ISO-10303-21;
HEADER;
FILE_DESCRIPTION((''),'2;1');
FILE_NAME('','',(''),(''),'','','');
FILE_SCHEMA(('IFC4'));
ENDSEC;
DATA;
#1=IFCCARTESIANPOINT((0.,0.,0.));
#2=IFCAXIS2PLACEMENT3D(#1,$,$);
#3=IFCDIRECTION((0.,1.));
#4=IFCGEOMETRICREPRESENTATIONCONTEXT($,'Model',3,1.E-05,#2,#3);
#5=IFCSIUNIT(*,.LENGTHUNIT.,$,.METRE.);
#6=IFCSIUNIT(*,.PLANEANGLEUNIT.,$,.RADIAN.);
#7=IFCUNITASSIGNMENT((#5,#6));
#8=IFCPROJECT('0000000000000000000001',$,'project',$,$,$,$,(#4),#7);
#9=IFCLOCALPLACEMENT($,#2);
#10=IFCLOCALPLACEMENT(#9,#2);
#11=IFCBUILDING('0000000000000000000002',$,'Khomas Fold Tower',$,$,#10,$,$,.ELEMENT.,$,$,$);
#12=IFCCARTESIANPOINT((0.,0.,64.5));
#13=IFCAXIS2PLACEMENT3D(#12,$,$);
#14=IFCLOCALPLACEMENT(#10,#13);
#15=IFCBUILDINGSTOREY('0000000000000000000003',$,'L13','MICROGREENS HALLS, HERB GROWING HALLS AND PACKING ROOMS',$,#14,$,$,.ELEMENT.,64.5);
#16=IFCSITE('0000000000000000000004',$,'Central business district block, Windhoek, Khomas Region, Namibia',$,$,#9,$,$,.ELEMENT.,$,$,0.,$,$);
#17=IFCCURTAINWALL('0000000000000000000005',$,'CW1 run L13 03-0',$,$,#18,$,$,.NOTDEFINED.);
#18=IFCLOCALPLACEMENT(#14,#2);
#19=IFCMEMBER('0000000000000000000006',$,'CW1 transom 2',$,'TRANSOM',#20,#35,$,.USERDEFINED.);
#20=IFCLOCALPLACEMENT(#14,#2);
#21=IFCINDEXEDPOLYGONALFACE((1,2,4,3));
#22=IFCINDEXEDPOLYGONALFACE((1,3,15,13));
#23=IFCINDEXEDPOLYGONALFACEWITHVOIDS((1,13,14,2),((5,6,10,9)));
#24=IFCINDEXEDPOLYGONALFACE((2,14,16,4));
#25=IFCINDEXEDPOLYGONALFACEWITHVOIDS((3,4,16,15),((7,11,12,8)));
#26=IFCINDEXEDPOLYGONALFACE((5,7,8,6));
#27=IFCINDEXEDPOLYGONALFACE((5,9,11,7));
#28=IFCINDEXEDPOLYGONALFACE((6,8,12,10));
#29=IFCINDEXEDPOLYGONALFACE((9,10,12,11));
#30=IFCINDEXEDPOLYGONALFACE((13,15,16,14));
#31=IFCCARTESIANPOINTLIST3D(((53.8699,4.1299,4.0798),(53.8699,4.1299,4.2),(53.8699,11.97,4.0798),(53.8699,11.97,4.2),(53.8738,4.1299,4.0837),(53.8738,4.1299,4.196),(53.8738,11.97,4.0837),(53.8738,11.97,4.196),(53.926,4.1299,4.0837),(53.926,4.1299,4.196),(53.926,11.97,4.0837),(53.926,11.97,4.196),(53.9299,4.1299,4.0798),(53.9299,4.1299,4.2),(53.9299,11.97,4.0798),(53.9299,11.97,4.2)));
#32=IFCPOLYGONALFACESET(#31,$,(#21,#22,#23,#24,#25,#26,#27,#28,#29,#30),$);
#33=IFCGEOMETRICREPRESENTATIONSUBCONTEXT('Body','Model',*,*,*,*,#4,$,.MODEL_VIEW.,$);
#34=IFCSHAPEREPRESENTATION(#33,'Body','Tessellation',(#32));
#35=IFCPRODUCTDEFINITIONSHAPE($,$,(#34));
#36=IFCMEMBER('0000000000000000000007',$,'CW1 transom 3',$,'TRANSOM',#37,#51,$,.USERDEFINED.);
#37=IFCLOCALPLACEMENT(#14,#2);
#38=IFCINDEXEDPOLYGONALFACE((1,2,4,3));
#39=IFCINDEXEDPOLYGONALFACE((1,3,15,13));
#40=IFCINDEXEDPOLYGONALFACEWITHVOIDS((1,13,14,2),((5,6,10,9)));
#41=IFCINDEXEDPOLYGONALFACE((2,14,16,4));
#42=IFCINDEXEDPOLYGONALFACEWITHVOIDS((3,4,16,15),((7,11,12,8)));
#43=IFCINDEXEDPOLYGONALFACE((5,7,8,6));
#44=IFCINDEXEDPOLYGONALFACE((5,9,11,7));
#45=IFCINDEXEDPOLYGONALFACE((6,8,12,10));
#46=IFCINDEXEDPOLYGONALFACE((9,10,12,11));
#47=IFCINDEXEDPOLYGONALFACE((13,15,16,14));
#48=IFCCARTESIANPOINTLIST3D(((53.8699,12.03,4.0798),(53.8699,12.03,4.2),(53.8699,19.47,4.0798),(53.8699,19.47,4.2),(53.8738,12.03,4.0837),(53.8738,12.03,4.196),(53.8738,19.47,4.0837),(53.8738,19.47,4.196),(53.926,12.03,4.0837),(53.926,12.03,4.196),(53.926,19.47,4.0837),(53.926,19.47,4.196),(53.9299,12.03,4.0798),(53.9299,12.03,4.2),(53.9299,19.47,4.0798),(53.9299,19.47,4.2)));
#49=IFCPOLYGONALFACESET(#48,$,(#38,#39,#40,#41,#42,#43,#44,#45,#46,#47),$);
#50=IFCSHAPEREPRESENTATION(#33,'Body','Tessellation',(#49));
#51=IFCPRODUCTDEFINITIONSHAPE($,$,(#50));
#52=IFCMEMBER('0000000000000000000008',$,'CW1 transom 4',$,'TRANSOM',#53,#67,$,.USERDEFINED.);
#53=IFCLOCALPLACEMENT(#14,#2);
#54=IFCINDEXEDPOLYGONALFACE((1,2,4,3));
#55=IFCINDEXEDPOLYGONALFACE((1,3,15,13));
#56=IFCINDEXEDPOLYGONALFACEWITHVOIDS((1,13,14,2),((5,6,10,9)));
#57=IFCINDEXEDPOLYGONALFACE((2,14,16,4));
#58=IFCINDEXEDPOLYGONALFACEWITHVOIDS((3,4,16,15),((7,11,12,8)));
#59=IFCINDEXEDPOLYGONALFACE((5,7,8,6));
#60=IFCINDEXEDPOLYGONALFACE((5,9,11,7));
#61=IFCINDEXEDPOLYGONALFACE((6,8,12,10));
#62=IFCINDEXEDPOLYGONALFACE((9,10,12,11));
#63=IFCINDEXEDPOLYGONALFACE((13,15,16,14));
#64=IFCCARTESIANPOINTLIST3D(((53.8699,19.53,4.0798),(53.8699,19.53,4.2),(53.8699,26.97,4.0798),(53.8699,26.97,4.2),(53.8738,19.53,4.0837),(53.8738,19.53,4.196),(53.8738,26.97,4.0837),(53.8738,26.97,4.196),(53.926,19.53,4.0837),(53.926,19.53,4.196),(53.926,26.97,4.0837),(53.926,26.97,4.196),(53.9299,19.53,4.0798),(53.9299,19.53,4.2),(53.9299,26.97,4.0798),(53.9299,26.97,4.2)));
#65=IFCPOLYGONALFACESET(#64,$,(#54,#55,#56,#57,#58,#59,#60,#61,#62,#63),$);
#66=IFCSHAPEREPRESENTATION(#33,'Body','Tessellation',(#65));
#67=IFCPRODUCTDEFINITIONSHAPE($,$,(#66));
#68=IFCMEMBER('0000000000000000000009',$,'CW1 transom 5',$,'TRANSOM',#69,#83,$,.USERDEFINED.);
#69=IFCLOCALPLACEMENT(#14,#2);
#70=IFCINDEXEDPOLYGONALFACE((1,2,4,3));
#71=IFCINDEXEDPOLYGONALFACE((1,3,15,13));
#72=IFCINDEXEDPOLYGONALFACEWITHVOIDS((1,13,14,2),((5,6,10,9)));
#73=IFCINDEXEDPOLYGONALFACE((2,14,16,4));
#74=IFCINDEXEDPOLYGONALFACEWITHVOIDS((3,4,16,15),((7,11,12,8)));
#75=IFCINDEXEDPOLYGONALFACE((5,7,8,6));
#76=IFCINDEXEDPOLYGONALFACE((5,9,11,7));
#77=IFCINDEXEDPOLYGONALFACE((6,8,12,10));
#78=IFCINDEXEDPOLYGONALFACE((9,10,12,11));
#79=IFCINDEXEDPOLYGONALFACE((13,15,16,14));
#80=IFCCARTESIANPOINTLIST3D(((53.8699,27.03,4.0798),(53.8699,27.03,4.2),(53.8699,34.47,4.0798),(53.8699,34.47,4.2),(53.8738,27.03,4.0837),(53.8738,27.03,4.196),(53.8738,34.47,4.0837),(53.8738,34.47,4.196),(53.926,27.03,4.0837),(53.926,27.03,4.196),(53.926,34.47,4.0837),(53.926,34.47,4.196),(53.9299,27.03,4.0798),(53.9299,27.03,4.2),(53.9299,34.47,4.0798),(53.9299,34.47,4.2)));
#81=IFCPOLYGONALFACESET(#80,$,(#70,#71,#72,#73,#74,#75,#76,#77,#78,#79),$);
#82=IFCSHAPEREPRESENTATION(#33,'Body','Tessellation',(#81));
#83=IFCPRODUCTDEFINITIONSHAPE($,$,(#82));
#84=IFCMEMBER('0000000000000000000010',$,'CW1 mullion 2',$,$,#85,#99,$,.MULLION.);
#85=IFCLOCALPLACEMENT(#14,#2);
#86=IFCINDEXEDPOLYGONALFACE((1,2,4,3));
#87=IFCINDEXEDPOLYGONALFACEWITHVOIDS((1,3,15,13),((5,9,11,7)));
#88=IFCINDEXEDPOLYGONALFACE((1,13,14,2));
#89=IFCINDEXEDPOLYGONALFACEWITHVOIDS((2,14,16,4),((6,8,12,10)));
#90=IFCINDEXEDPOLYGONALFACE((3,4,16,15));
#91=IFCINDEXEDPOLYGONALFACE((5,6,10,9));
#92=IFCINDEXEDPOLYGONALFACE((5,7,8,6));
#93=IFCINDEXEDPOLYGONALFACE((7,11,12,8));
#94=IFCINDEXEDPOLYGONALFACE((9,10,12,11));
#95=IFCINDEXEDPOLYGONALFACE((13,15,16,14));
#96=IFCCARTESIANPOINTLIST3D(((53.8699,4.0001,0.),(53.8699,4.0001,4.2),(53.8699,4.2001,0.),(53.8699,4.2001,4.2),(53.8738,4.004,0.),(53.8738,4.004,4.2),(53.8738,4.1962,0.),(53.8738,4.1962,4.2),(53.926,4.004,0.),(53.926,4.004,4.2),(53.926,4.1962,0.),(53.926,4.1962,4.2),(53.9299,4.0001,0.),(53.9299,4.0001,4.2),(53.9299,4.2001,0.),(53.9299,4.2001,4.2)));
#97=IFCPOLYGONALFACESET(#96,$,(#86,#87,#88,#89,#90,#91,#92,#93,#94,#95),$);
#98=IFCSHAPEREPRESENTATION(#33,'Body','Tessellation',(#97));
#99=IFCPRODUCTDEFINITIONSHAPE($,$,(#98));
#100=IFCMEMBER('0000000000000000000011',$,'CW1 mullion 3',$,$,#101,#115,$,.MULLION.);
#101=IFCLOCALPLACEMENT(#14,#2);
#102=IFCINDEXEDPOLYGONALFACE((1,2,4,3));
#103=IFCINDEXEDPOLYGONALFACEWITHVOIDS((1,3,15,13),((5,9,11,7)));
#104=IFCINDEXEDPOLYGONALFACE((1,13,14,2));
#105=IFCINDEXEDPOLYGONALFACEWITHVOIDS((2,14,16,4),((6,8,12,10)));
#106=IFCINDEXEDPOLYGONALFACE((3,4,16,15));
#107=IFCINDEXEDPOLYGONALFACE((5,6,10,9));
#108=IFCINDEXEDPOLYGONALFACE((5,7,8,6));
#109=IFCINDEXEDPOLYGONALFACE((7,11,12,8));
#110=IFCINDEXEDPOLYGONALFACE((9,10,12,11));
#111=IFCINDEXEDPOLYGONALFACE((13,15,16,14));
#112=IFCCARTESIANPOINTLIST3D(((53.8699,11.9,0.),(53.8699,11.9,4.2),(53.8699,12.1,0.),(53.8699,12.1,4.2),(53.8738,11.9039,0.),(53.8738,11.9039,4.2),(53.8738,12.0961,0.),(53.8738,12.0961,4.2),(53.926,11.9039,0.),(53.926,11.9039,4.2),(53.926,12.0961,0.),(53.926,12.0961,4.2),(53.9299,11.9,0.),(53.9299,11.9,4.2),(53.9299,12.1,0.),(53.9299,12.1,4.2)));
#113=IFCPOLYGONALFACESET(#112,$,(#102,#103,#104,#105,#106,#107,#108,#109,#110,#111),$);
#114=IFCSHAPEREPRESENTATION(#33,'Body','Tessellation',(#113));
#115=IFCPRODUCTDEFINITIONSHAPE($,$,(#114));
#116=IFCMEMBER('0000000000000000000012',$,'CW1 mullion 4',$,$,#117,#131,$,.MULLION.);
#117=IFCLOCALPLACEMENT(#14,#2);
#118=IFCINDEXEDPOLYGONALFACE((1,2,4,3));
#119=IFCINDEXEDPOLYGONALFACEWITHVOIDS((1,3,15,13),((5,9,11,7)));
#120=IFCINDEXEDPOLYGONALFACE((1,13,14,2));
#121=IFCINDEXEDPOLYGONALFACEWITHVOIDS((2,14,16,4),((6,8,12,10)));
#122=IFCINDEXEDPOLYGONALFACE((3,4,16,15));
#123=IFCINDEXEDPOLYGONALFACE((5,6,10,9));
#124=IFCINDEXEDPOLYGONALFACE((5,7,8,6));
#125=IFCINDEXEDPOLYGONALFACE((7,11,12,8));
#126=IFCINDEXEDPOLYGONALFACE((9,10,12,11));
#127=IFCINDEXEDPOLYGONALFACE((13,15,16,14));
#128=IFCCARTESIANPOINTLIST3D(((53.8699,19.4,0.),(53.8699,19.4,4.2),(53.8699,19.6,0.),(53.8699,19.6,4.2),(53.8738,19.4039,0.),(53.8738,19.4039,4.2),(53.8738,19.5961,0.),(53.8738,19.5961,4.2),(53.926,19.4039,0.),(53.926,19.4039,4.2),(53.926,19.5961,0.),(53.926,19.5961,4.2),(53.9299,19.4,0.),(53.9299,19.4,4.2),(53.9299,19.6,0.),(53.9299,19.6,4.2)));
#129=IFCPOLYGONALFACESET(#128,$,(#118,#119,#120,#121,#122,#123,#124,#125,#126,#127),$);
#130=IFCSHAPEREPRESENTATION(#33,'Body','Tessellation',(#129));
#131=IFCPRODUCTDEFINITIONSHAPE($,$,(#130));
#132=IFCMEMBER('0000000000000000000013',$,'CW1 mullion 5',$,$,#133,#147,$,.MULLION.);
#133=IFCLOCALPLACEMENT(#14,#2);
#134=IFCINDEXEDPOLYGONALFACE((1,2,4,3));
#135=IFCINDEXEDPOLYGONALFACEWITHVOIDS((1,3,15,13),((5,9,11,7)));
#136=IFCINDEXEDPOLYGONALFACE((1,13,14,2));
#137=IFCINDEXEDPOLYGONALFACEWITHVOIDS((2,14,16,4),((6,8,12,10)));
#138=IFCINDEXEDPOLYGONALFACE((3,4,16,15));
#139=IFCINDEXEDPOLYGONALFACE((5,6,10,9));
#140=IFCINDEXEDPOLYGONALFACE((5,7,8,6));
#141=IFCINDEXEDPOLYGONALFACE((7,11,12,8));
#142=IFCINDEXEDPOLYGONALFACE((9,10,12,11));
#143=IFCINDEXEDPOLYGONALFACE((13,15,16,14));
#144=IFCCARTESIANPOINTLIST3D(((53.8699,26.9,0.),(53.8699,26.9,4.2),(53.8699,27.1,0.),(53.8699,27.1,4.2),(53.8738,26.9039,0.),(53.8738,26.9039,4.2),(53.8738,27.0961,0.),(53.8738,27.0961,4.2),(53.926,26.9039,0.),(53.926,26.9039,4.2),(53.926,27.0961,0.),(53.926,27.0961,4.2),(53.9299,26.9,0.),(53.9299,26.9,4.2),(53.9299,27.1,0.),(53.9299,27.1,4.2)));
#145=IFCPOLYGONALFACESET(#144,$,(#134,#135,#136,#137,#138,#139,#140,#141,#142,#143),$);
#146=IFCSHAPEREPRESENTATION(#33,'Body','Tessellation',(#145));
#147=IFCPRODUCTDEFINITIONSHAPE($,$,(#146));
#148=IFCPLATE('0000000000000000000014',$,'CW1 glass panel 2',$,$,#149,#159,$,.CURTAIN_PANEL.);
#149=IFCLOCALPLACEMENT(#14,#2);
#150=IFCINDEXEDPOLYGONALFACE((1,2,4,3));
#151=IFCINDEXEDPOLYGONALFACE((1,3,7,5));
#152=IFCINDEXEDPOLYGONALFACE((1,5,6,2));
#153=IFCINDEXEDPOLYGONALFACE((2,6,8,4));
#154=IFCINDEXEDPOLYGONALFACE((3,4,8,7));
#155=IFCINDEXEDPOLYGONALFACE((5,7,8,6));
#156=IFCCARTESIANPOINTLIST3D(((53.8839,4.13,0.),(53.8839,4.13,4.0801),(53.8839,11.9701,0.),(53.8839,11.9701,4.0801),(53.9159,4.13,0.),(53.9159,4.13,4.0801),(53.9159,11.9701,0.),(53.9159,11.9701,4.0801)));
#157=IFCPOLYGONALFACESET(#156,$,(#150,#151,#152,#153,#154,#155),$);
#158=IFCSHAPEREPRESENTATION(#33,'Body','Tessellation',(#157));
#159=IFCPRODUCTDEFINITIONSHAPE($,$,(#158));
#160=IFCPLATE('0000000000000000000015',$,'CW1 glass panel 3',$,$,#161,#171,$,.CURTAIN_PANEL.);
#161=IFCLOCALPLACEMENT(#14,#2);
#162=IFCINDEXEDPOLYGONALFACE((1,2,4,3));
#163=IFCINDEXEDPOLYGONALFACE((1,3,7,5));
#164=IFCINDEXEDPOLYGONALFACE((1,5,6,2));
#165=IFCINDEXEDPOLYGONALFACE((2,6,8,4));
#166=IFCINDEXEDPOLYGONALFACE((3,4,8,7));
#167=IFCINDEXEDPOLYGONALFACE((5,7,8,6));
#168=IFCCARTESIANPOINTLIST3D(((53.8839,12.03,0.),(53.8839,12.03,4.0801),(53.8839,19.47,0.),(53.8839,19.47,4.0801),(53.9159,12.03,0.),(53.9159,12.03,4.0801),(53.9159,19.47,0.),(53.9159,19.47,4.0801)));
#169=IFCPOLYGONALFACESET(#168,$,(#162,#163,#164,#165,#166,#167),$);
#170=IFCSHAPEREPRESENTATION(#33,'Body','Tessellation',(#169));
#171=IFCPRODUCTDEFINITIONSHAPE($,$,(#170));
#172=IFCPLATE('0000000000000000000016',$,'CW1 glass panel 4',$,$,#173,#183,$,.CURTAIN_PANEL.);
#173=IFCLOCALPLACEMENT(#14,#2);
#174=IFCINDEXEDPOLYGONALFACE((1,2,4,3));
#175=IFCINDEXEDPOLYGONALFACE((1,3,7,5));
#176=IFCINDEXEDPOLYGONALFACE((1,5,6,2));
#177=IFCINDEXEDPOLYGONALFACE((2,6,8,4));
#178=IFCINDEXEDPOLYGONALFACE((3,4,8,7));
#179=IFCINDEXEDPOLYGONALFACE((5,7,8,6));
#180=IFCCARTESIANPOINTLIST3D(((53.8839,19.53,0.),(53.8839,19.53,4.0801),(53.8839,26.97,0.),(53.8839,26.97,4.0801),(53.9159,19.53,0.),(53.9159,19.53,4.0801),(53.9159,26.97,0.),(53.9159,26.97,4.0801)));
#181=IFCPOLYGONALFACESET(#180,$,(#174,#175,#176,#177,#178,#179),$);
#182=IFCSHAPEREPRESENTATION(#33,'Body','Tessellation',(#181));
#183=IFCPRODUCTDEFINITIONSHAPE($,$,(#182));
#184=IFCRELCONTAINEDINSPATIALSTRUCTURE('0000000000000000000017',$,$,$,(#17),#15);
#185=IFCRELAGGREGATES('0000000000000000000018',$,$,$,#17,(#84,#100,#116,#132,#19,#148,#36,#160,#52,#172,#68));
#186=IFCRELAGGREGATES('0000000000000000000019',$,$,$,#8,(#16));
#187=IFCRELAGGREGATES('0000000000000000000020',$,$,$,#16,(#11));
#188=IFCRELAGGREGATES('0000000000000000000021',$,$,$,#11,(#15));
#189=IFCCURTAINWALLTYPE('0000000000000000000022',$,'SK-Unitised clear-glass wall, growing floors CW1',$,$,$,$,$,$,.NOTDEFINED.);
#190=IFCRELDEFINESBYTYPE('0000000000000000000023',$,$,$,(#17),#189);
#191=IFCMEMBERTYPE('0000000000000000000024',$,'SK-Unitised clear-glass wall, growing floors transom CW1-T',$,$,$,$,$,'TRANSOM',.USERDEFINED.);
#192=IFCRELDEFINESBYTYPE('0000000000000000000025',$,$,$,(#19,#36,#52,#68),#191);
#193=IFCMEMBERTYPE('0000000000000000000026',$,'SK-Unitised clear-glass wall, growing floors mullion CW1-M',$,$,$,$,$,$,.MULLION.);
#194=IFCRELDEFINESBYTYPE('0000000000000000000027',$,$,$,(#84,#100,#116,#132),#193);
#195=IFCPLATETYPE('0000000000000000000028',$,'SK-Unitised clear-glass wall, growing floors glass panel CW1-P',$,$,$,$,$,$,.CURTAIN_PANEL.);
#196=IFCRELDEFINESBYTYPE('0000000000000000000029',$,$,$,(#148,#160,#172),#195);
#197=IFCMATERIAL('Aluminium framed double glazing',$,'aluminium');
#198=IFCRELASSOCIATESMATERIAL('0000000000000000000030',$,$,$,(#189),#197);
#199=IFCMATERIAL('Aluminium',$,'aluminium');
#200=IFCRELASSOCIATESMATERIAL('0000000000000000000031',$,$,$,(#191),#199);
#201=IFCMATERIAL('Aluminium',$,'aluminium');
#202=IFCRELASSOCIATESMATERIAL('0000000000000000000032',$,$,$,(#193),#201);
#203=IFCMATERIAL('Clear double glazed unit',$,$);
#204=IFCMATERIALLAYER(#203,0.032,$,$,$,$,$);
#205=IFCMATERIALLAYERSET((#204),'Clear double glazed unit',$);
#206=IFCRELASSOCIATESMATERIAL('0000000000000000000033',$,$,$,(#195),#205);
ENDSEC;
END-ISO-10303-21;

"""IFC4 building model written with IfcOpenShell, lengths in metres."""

from ifc_helpers import new_model, si_unit, direction, frame, origin, origin_2d, place, context, subcontext, project, spatial, rectangle, hollow_rectangle, extrude, source, transform, mapped, material, layer, layer_set, material_profile, profile_set, type_object, element, aggregate, save


model = new_model("IFC4")

# Units and contexts
model_context = context("Model", 3, precision=1e-05, world=origin(), true_north=direction((0.0, 1.0)))
body_context = subcontext(model_context, "Body", "Model", "MODEL_VIEW")
ifc_project = project(units=[si_unit("LENGTHUNIT", "METRE"), si_unit("PLANEANGLEUNIT", "RADIAN")], contexts=[model_context])

# Site, building, storey
site_placement = place(None, origin())
site = spatial("IfcSite", under=ifc_project, at=site_placement, Name="Central business district block, Windhoek, Khomas Region, Namibia", CompositionType="ELEMENT", RefElevation=0.0)
building_placement = place(site_placement, origin())
building = spatial("IfcBuilding", under=site, at=building_placement, Name="Khomas Fold Tower", CompositionType="ELEMENT")
storey_placement = place(building_placement, frame((0.0, 0.0, 64.5)))
storey = spatial("IfcBuildingStorey", under=building, at=storey_placement, Name="L13", Description="MICROGREENS HALLS, HERB GROWING HALLS AND PACKING ROOMS", CompositionType="ELEMENT", Elevation=64.5)

# Curtain wall, members, plates
ifc_material_1 = material(Name="Aluminium framed double glazing", Category="aluminium")
curtain_wall_type = type_object("IfcCurtainWallType", Name="SK-Unitised clear-glass wall, growing floors CW1", PredefinedType="NOTDEFINED", material=ifc_material_1)
curtain_wall_placement = place(storey_placement, origin())
curtain_wall = element("IfcCurtainWall", 1, at=curtain_wall_placement, inside=storey, type_object=curtain_wall_type, Name="CW1 run L13 03-0", PredefinedType="NOTDEFINED")
ifc_material_2 = material(Name="Aluminium", Category="aluminium")
ifc_material_profile_1 = material_profile(ifc_material_2, hollow_rectangle(XDim=0.0601, YDim=0.1201, WallThickness=0.0039, at=origin_2d()), Name="SK-Unitised clear-glass wall, growing floors transom CW1-T")
ifc_profile_set_1 = profile_set([ifc_material_profile_1], Name="Aluminium")
member_type_1 = type_object("IfcMemberType", Name="SK-Unitised clear-glass wall, growing floors transom CW1-T", ElementType="TRANSOM", PredefinedType="USERDEFINED", material=ifc_profile_set_1)
shared_shape_1 = source(origin(), body_context, "Body", "SweptSolid", [
    extrude(hollow_rectangle(XDim=0.0601, YDim=0.1201, WallThickness=0.0039, at=origin_2d()), origin(), (0.0, 0.0, 1.0), 7.8401),
])
member_1_placement = place(storey_placement, frame((53.8999, 4.1299, 4.1399), z_axis=(0.0, 1.0, 0.0), x_axis=(-1.0, 0.0, 0.0)))
member_1 = element("IfcMember", 2, at=member_1_placement, type_object=member_type_1, Name="CW1 transom 2", ObjectType="TRANSOM", PredefinedType="USERDEFINED", context=body_context, shape_type="MappedRepresentation", body=[
    mapped(shared_shape_1, transform((0.0, 0.0, 0.0))),
])
shared_shape_2 = source(origin(), body_context, "Body", "SweptSolid", [
    extrude(hollow_rectangle(XDim=0.0601, YDim=0.1201, WallThickness=0.0039, at=origin_2d()), origin(), (0.0, 0.0, 1.0), 7.4399),
])
member_2_placement = place(storey_placement, frame((53.8999, 12.03, 4.1399), z_axis=(0.0, 1.0, 0.0), x_axis=(-1.0, 0.0, 0.0)))
member_2 = element("IfcMember", 3, at=member_2_placement, type_object=member_type_1, Name="CW1 transom 3", ObjectType="TRANSOM", PredefinedType="USERDEFINED", context=body_context, shape_type="MappedRepresentation", body=[
    mapped(shared_shape_2, transform((0.0, 0.0, 0.0))),
])
member_3_placement = place(storey_placement, frame((53.8999, 19.53, 4.1399), z_axis=(0.0, 1.0, 0.0), x_axis=(-1.0, 0.0, 0.0)))
member_3 = element("IfcMember", 4, at=member_3_placement, type_object=member_type_1, Name="CW1 transom 4", ObjectType="TRANSOM", PredefinedType="USERDEFINED", context=body_context, shape_type="MappedRepresentation", body=[
    mapped(shared_shape_2, transform((0.0, 0.0, 0.0))),
])
member_4_placement = place(storey_placement, frame((53.8999, 27.03, 4.1399), z_axis=(0.0, 1.0, 0.0), x_axis=(-1.0, 0.0, 0.0)))
member_4 = element("IfcMember", 5, at=member_4_placement, type_object=member_type_1, Name="CW1 transom 5", ObjectType="TRANSOM", PredefinedType="USERDEFINED", context=body_context, shape_type="MappedRepresentation", body=[
    mapped(shared_shape_2, transform((0.0, 0.0, 0.0))),
])
ifc_material_3 = material(Name="Aluminium", Category="aluminium")
ifc_material_profile_2 = material_profile(ifc_material_3, hollow_rectangle(XDim=0.0601, YDim=0.2, WallThickness=0.0039, at=origin_2d()), Name="SK-Unitised clear-glass wall, growing floors mullion CW1-M")
ifc_profile_set_2 = profile_set([ifc_material_profile_2], Name="Aluminium")
member_type_2 = type_object("IfcMemberType", Name="SK-Unitised clear-glass wall, growing floors mullion CW1-M", PredefinedType="MULLION", material=ifc_profile_set_2)
shared_shape_3 = source(origin(), body_context, "Body", "SweptSolid", [
    extrude(hollow_rectangle(XDim=0.0601, YDim=0.2, WallThickness=0.0039, at=origin_2d()), origin(), (0.0, 0.0, 1.0), 4.2),
])
member_5_placement = place(storey_placement, frame((53.8999, 4.1001, 0.0), z_axis=(0.0, 0.0, 1.0), x_axis=(-1.0, 0.0, 0.0)))
member_5 = element("IfcMember", 6, at=member_5_placement, type_object=member_type_2, Name="CW1 mullion 2", PredefinedType="MULLION", context=body_context, shape_type="MappedRepresentation", body=[
    mapped(shared_shape_3, transform((0.0, 0.0, 0.0))),
])
member_6_placement = place(storey_placement, frame((53.8999, 12.0, 0.0), z_axis=(0.0, 0.0, 1.0), x_axis=(-1.0, 0.0, 0.0)))
member_6 = element("IfcMember", 7, at=member_6_placement, type_object=member_type_2, Name="CW1 mullion 3", PredefinedType="MULLION", context=body_context, shape_type="MappedRepresentation", body=[
    mapped(shared_shape_3, transform((0.0, 0.0, 0.0))),
])
member_7_placement = place(storey_placement, frame((53.8999, 19.5, 0.0), z_axis=(0.0, 0.0, 1.0), x_axis=(-1.0, 0.0, 0.0)))
member_7 = element("IfcMember", 8, at=member_7_placement, type_object=member_type_2, Name="CW1 mullion 4", PredefinedType="MULLION", context=body_context, shape_type="MappedRepresentation", body=[
    mapped(shared_shape_3, transform((0.0, 0.0, 0.0))),
])
member_8_placement = place(storey_placement, frame((53.8999, 27.0, 0.0), z_axis=(0.0, 0.0, 1.0), x_axis=(-1.0, 0.0, 0.0)))
member_8 = element("IfcMember", 9, at=member_8_placement, type_object=member_type_2, Name="CW1 mullion 5", PredefinedType="MULLION", context=body_context, shape_type="MappedRepresentation", body=[
    mapped(shared_shape_3, transform((0.0, 0.0, 0.0))),
])
ifc_material_4 = material(Name="Clear double glazed unit")
ifc_layer = layer(ifc_material_4, 0.032)
ifc_layer_set = layer_set([ifc_layer], Name="Clear double glazed unit")
plate_type = type_object("IfcPlateType", Name="SK-Unitised clear-glass wall, growing floors glass panel CW1-P", PredefinedType="CURTAIN_PANEL", material=ifc_layer_set)
shared_shape_4 = source(origin(), body_context, "Body", "SweptSolid", [
    extrude(rectangle(XDim=7.8401, YDim=0.032, at=origin_2d()), origin(), (0.0, 0.0, 1.0), 4.0801),
])
plate_1_placement = place(storey_placement, frame((53.8999, 8.05, 0.0), z_axis=(0.0, 0.0, 1.0), x_axis=(0.0, 1.0, 0.0)))
plate_1 = element("IfcPlate", 10, at=plate_1_placement, type_object=plate_type, Name="CW1 glass panel 2", PredefinedType="CURTAIN_PANEL", context=body_context, shape_type="MappedRepresentation", body=[
    mapped(shared_shape_4, transform((0.0, 0.0, 0.0))),
])
shared_shape_5 = source(origin(), body_context, "Body", "SweptSolid", [
    extrude(rectangle(XDim=7.4399, YDim=0.032, at=origin_2d()), origin(), (0.0, 0.0, 1.0), 4.0801),
])
plate_2_placement = place(storey_placement, frame((53.8999, 15.75, 0.0), z_axis=(0.0, 0.0, 1.0), x_axis=(0.0, 1.0, 0.0)))
plate_2 = element("IfcPlate", 11, at=plate_2_placement, type_object=plate_type, Name="CW1 glass panel 3", PredefinedType="CURTAIN_PANEL", context=body_context, shape_type="MappedRepresentation", body=[
    mapped(shared_shape_5, transform((0.0, 0.0, 0.0))),
])
plate_3_placement = place(storey_placement, frame((53.8999, 23.25, 0.0), z_axis=(0.0, 0.0, 1.0), x_axis=(0.0, 1.0, 0.0)))
plate_3 = element("IfcPlate", 12, at=plate_3_placement, type_object=plate_type, Name="CW1 glass panel 4", PredefinedType="CURTAIN_PANEL", context=body_context, shape_type="MappedRepresentation", body=[
    mapped(shared_shape_5, transform((0.0, 0.0, 0.0))),
])
aggregate(curtain_wall, [member_5, member_6, member_7, member_8, member_1, plate_1, member_2, plate_2, member_3, plate_3, member_4])

save(model, "model.ifc")
